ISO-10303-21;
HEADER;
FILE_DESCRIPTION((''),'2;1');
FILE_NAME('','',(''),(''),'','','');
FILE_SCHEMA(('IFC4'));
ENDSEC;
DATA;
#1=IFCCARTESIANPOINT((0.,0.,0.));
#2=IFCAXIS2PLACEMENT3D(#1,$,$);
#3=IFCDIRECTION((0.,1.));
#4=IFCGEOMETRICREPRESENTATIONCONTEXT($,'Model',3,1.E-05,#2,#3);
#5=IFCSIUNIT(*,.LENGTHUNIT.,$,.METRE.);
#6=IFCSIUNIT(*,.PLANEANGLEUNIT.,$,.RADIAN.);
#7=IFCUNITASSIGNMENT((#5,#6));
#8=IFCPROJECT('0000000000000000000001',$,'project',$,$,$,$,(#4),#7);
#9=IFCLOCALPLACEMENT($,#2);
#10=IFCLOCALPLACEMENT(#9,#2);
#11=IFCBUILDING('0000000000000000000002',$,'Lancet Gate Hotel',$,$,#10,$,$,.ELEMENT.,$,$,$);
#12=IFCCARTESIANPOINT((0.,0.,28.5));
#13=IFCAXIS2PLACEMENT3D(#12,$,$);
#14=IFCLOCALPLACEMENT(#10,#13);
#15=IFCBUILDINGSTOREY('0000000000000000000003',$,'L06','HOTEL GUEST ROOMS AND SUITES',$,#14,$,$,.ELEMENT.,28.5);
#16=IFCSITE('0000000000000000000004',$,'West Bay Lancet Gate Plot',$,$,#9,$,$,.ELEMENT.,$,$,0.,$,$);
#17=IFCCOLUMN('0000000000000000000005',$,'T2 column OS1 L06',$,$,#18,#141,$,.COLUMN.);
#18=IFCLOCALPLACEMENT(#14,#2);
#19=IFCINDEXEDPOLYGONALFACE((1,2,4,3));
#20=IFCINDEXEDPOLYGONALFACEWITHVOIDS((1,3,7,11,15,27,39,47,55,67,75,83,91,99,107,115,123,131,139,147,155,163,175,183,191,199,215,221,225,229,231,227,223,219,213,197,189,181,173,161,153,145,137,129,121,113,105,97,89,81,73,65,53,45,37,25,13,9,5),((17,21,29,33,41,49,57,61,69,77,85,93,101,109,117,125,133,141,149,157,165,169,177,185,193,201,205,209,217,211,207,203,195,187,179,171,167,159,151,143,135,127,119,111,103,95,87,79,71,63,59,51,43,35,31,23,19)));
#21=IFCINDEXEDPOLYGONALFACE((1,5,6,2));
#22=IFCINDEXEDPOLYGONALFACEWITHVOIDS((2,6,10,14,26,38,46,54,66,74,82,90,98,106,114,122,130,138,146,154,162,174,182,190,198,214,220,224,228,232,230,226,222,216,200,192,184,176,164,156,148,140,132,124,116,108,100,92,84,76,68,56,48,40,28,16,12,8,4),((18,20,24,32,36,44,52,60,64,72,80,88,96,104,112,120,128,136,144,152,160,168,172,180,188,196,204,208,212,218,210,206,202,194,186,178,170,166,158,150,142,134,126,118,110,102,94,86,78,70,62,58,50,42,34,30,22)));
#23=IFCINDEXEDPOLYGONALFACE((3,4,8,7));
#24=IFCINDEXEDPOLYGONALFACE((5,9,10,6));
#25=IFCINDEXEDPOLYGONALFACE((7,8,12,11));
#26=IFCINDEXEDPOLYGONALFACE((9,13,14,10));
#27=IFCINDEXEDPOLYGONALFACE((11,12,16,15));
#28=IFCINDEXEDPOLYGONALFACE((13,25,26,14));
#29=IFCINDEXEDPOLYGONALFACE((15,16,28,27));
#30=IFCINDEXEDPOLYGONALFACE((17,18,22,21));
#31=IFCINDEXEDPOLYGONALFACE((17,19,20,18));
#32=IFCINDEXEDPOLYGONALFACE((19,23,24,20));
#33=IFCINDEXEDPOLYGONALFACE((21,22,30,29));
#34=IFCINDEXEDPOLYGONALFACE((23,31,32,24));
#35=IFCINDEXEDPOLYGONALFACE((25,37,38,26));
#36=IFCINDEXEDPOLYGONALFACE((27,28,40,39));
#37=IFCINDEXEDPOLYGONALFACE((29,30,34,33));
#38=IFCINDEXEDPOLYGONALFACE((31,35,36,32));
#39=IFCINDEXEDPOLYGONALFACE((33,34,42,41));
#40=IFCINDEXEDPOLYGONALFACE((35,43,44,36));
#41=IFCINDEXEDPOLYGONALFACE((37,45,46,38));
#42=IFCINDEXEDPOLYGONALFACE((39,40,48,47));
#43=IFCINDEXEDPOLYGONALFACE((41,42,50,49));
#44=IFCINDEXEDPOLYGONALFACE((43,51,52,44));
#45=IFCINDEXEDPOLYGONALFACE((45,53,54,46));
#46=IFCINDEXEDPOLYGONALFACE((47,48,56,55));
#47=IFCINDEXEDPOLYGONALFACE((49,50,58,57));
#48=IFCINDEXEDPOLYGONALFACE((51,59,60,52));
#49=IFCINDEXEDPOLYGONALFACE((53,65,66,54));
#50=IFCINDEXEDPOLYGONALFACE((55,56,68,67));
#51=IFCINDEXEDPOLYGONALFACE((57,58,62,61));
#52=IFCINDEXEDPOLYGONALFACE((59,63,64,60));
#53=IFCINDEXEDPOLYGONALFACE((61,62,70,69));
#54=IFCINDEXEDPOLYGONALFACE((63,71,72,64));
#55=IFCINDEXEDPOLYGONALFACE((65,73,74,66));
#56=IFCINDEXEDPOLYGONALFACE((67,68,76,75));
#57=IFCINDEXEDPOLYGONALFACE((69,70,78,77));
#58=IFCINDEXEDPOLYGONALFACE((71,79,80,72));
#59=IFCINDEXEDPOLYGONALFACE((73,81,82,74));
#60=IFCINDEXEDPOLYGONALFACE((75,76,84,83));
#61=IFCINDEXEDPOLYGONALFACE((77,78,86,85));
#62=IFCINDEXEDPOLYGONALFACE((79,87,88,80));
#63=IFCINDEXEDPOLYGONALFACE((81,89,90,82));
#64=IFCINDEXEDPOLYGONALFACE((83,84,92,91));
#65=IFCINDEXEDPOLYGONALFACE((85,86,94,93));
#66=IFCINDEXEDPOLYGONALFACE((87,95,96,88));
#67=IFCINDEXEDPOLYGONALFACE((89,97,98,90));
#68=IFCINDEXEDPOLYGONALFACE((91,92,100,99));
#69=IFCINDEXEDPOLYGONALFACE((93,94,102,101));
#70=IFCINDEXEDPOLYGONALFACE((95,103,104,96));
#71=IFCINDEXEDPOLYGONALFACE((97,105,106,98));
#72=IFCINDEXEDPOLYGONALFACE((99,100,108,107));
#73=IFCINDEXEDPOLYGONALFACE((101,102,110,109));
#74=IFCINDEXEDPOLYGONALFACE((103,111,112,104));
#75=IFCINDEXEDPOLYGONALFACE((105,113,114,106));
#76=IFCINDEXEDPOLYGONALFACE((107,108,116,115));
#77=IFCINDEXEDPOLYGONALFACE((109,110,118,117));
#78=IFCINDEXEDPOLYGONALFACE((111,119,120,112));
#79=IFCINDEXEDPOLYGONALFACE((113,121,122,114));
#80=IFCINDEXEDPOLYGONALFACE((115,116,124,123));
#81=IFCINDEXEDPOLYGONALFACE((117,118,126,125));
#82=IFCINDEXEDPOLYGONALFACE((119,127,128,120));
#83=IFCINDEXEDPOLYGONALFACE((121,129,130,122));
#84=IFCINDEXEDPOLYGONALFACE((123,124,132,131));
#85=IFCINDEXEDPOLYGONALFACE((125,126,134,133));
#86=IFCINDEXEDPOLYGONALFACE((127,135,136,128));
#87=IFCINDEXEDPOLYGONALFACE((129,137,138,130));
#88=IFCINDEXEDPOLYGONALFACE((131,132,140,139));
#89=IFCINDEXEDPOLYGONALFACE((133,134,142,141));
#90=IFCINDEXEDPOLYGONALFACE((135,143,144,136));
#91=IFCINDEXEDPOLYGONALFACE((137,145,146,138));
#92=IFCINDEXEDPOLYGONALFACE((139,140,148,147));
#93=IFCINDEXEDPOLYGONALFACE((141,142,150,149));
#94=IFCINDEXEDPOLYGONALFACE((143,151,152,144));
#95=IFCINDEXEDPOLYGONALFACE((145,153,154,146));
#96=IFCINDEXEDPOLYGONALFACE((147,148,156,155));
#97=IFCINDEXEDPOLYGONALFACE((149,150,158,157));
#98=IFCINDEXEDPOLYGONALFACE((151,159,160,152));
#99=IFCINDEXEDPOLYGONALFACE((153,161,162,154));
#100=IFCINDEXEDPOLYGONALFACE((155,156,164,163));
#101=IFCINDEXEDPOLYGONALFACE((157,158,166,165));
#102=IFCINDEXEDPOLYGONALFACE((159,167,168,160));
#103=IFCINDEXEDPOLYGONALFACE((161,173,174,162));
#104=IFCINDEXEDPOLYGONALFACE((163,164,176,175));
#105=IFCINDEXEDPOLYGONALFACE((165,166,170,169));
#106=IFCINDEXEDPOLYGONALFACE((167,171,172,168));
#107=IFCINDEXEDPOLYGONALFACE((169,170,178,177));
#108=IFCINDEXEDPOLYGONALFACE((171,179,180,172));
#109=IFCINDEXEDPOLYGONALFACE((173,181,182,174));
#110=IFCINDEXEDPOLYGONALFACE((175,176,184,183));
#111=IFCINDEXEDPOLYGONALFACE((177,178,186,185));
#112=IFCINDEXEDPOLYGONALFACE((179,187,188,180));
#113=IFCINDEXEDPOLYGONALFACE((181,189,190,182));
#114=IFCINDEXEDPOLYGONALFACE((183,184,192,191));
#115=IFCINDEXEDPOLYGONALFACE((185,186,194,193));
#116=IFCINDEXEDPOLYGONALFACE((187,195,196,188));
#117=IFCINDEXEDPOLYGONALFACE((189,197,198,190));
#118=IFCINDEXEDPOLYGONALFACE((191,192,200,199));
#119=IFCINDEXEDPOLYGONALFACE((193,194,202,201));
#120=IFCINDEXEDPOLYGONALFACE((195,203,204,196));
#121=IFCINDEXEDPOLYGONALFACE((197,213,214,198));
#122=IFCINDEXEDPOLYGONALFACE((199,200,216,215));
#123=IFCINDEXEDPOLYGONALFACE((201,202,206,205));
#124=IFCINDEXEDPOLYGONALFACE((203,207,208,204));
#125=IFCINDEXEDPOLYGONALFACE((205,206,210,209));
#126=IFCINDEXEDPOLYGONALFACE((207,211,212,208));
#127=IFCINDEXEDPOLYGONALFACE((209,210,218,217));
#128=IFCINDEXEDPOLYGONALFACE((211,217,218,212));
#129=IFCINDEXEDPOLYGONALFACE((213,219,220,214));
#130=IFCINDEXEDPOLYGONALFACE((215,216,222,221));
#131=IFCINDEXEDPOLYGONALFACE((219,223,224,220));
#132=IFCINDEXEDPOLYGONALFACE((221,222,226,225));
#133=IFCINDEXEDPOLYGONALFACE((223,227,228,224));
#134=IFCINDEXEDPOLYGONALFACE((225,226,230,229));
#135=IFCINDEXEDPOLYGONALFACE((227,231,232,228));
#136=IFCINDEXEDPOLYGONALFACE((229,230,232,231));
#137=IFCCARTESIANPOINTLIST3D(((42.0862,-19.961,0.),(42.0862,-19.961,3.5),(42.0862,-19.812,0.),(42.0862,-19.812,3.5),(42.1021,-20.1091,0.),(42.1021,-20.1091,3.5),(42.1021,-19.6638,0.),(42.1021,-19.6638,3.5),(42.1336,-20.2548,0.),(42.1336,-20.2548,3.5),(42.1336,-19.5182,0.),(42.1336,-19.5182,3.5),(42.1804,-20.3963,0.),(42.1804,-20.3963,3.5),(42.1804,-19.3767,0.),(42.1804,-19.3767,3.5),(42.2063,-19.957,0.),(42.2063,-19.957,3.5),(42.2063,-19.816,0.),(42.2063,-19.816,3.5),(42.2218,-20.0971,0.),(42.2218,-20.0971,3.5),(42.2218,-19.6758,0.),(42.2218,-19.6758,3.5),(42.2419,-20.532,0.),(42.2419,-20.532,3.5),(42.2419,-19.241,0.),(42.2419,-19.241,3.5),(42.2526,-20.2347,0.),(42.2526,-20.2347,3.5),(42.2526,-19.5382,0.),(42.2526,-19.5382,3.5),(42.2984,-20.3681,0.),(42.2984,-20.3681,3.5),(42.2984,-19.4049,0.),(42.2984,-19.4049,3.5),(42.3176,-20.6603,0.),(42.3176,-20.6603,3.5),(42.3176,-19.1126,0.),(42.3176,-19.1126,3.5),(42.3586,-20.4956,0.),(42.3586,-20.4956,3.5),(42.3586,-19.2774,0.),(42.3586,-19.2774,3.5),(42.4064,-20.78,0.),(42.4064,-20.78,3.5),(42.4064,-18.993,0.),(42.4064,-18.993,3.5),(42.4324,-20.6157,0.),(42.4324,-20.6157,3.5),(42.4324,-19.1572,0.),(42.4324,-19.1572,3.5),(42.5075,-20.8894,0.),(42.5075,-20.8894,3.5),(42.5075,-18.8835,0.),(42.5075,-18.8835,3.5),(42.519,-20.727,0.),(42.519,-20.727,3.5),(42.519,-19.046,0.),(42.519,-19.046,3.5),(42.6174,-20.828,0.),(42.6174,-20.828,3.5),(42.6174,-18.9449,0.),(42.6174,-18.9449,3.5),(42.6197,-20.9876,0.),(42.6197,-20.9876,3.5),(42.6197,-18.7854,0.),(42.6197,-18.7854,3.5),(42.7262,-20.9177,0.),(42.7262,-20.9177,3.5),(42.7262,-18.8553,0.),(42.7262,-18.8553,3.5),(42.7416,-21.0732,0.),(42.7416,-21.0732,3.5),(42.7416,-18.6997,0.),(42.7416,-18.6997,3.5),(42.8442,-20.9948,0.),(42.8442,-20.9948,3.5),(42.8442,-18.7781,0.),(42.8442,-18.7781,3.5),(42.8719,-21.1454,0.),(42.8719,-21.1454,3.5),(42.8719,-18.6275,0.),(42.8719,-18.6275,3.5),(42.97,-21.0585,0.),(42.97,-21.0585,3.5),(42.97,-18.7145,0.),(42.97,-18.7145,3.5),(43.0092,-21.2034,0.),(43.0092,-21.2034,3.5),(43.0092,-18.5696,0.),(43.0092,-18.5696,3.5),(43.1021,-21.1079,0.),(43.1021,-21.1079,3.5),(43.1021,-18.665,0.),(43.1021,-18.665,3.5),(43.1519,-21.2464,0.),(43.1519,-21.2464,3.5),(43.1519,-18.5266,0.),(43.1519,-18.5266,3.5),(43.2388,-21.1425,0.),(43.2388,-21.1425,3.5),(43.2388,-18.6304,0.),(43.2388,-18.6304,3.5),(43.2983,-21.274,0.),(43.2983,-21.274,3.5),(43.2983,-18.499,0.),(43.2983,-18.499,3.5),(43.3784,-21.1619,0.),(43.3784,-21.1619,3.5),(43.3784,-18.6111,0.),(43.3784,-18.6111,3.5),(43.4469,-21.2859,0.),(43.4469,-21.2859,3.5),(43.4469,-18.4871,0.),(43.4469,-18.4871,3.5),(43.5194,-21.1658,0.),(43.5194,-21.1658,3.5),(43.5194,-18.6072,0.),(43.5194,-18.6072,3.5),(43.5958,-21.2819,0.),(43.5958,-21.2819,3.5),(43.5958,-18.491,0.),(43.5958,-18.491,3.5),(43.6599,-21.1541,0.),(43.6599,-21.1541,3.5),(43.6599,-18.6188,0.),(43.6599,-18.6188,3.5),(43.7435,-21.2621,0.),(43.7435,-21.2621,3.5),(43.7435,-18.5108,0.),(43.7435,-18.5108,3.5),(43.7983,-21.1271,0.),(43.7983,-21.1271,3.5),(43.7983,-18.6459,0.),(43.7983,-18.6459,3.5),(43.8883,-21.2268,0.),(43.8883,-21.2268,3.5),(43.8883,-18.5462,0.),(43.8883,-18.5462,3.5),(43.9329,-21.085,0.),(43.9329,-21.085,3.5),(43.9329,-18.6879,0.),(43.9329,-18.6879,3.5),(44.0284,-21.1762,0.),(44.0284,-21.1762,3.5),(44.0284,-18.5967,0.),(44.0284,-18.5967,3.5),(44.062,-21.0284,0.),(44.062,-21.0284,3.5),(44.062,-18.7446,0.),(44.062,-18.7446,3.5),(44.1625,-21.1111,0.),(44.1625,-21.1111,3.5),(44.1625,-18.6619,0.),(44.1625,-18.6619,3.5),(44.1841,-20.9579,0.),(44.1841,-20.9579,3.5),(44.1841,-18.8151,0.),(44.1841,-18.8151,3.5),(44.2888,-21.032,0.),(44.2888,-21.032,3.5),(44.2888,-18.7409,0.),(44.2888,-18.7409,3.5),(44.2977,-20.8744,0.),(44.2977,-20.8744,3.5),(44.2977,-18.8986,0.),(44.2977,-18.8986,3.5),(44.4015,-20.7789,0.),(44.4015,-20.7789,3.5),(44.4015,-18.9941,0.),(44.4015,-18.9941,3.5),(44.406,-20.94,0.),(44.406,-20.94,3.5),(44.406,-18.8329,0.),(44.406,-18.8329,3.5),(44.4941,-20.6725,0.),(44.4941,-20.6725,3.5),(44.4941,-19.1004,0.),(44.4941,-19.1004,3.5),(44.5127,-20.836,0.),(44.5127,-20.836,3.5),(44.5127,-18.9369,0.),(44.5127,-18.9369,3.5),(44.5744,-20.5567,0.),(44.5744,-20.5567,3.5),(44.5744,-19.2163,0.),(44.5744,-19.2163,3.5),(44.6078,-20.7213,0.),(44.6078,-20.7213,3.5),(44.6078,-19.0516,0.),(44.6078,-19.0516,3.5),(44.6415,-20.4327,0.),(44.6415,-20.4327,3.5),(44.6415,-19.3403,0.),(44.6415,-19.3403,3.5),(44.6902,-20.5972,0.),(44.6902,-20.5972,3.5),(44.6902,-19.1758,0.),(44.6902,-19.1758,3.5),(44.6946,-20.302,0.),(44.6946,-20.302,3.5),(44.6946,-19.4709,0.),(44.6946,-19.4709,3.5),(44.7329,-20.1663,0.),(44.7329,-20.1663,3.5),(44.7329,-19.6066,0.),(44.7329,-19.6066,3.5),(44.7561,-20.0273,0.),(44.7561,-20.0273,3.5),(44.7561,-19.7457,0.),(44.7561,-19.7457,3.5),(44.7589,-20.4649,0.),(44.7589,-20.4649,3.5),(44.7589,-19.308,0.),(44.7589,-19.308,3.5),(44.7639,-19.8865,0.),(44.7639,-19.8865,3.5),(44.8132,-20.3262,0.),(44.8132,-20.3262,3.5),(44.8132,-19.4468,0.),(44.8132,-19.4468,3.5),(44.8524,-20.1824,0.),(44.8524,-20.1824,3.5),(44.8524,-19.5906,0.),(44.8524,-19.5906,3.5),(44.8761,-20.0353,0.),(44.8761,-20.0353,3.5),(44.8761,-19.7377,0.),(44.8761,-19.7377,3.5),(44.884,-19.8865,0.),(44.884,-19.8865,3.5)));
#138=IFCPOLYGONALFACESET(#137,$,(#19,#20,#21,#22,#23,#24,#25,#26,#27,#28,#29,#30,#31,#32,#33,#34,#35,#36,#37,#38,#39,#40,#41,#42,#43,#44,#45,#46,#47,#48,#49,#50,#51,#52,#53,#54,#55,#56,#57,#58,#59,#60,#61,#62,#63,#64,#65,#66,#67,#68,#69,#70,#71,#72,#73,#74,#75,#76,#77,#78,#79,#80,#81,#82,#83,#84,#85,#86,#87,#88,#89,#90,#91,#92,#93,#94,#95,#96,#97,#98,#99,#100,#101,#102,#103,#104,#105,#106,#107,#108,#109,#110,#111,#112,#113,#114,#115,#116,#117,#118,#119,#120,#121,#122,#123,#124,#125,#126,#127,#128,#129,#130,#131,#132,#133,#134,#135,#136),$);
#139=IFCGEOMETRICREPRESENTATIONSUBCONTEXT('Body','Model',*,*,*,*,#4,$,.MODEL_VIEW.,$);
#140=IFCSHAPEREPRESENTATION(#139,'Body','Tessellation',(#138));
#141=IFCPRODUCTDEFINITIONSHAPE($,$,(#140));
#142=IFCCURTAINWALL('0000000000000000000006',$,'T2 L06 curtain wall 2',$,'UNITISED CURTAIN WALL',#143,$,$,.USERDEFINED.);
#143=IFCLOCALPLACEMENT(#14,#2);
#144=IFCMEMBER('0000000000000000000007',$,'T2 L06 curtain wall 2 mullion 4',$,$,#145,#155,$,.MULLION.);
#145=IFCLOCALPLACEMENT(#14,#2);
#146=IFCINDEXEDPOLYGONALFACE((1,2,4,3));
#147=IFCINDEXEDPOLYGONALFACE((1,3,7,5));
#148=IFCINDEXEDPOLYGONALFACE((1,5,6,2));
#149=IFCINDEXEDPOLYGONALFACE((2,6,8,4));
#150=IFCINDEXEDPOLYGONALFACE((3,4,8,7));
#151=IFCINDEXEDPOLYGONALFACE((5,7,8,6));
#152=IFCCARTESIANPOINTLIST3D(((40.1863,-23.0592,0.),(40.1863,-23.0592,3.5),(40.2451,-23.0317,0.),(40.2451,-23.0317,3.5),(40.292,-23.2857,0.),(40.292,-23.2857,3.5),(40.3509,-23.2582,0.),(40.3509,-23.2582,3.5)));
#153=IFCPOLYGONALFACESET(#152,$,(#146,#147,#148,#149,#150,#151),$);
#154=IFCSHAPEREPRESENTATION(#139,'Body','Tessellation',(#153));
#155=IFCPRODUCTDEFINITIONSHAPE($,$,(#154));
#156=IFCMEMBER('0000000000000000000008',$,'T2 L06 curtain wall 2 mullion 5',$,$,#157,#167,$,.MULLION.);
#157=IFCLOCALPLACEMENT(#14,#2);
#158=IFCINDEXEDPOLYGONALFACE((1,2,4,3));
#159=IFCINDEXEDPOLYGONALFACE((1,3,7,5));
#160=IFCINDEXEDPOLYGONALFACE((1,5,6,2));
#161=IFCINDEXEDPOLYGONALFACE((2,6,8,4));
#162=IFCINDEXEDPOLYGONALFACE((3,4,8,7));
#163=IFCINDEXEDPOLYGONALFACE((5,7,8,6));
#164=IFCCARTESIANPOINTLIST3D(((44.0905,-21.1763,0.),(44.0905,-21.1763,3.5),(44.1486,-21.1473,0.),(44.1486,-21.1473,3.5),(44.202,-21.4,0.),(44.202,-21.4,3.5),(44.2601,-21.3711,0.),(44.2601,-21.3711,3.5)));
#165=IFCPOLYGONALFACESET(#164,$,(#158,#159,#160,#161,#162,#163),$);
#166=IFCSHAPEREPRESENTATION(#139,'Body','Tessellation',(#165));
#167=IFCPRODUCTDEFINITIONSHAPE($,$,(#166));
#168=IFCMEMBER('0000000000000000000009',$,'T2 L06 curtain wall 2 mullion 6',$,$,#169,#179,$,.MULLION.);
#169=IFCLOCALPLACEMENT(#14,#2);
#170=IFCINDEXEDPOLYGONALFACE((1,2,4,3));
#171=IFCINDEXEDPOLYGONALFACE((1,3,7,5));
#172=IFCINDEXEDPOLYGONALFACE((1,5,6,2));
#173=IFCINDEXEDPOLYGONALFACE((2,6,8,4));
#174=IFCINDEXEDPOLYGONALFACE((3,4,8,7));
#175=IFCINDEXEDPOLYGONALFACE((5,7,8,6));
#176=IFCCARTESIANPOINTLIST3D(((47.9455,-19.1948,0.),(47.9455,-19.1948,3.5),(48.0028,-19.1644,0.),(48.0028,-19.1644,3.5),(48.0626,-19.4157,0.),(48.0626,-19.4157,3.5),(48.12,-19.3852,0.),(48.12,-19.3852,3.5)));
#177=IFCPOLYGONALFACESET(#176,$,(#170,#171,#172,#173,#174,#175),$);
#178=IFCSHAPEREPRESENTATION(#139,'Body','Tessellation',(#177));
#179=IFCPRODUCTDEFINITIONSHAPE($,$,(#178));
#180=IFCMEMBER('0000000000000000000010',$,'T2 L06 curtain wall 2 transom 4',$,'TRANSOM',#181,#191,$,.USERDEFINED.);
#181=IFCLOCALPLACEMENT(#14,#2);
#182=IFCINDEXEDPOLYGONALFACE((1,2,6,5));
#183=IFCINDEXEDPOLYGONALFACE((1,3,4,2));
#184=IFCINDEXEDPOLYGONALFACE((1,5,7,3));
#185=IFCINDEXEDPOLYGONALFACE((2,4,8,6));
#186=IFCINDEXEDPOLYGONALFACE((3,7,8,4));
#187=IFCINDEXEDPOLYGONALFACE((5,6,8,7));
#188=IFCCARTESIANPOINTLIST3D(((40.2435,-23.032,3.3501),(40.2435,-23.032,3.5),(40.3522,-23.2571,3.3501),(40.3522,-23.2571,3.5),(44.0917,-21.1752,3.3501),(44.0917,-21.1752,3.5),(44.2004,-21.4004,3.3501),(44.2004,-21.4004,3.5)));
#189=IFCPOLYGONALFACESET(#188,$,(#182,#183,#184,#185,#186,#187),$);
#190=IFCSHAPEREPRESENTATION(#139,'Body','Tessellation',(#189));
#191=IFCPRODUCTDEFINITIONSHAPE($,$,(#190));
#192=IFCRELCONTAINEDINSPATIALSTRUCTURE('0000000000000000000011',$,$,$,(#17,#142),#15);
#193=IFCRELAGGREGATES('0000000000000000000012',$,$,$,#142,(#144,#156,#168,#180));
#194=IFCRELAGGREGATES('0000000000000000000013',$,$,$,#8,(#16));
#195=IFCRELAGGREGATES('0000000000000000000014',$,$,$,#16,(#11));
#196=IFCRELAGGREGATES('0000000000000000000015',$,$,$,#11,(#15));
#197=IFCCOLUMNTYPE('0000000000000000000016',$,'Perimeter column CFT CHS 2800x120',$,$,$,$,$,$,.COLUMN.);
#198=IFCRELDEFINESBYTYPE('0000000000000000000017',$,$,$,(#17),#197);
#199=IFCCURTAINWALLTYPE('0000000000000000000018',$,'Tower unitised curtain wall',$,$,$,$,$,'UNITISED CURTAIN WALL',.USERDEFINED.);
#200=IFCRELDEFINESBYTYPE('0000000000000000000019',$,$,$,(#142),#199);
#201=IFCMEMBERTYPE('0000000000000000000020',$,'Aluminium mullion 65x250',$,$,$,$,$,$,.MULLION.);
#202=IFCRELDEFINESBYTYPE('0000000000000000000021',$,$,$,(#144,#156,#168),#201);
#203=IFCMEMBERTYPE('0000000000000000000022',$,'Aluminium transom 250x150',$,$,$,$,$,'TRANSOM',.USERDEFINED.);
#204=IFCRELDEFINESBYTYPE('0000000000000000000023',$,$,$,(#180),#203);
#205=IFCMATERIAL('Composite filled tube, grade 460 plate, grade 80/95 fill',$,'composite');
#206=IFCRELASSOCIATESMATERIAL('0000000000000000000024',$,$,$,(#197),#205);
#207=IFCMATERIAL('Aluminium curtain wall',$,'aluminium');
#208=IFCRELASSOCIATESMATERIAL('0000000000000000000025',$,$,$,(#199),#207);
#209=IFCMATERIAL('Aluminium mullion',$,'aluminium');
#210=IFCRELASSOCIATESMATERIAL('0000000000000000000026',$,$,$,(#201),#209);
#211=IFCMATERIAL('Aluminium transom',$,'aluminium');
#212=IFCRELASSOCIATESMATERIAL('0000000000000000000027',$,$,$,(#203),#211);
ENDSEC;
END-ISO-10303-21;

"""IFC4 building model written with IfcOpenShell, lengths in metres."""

from ifc_helpers import new_model, si_unit, direction, frame, origin, origin_2d, place, context, subcontext, project, spatial, rectangle, hollow_circle, extrude, material, material_profile, profile_set, type_object, element, aggregate, save


model = new_model("IFC4")

# Units and contexts
model_context = context("Model", 3, precision=1e-05, world=origin(), true_north=direction((0.0, 1.0)))
body_context = subcontext(model_context, "Body", "Model", "MODEL_VIEW")
ifc_project = project(units=[si_unit("LENGTHUNIT", "METRE"), si_unit("PLANEANGLEUNIT", "RADIAN")], contexts=[model_context])

# Site, building, storey
site_placement = place(None, origin())
site = spatial("IfcSite", under=ifc_project, at=site_placement, Name="West Bay Lancet Gate Plot", CompositionType="ELEMENT", RefElevation=0.0)
building_placement = place(site_placement, origin())
building = spatial("IfcBuilding", under=site, at=building_placement, Name="Lancet Gate Hotel", CompositionType="ELEMENT")
storey_placement = place(building_placement, frame((0.0, 0.0, 28.5)))
storey = spatial("IfcBuildingStorey", under=building, at=storey_placement, Name="L06", Description="HOTEL GUEST ROOMS AND SUITES", CompositionType="ELEMENT", Elevation=28.5)

# Column
ifc_material_1 = material(Name="Composite filled tube, grade 460 plate, grade 80/95 fill", Category="composite")
ifc_material_profile_1 = material_profile(ifc_material_1, hollow_circle(Radius=1.3999, WallThickness=0.1201, at=origin_2d()), Name="CHS 2800x120")
ifc_profile_set_1 = profile_set([ifc_material_profile_1], Name="Composite filled tube, grade 460 plate, grade 80/95 fill")
column_type = type_object("IfcColumnType", Name="Perimeter column CFT CHS 2800x120", PredefinedType="COLUMN", material=ifc_profile_set_1)
column_placement = place(storey_placement, frame((43.4841, -19.8865, 0.0), z_axis=(0.0, 0.0, 1.0), x_axis=(1.0, 0.0, 0.0)))
element("IfcColumn", 1, at=column_placement, inside=storey, type_object=column_type, Name="T2 column OS1 L06", PredefinedType="COLUMN", context=body_context, shape_type="SweptSolid", body=[
    extrude(hollow_circle(Radius=1.3999, WallThickness=0.1201, at=origin_2d()), origin(), (0.0, 0.0, 1.0), 3.5),
])

# Curtain wall, members
ifc_material_2 = material(Name="Aluminium curtain wall", Category="aluminium")
curtain_wall_type = type_object("IfcCurtainWallType", Name="Tower unitised curtain wall", ElementType="UNITISED CURTAIN WALL", PredefinedType="USERDEFINED", material=ifc_material_2)
curtain_wall_placement = place(storey_placement, origin())
curtain_wall = element("IfcCurtainWall", 2, at=curtain_wall_placement, inside=storey, type_object=curtain_wall_type, Name="T2 L06 curtain wall 2", ObjectType="UNITISED CURTAIN WALL", PredefinedType="USERDEFINED")
ifc_material_3 = material(Name="Aluminium mullion", Category="aluminium")
ifc_material_profile_2 = material_profile(ifc_material_3, rectangle(XDim=0.0649, YDim=0.25, at=origin_2d()), Name="MULLION 65x250")
ifc_profile_set_2 = profile_set([ifc_material_profile_2], Name="Aluminium mullion")
member_type_1 = type_object("IfcMemberType", Name="Aluminium mullion 65x250", PredefinedType="MULLION", material=ifc_profile_set_2)
member_1_placement = place(storey_placement, frame((40.2686, -23.1587, 0.0), z_axis=(0.0, 0.0, 1.0), x_axis=(0.906105, 0.423053, 0.0)))
member_1 = element("IfcMember", 3, at=member_1_placement, type_object=member_type_1, Name="T2 L06 curtain wall 2 mullion 4", PredefinedType="MULLION", context=body_context, shape_type="SweptSolid", body=[
    extrude(rectangle(XDim=0.0649, YDim=0.25, at=origin_2d()), origin(), (0.0, 0.0, 1.0), 3.5),
])
member_2_placement = place(storey_placement, frame((44.1753, -21.2737, 0.0), z_axis=(0.0, 0.0, 1.0), x_axis=(0.895044, 0.445978, 0.0)))
member_2 = element("IfcMember", 4, at=member_2_placement, type_object=member_type_1, Name="T2 L06 curtain wall 2 mullion 5", PredefinedType="MULLION", context=body_context, shape_type="SweptSolid", body=[
    extrude(rectangle(XDim=0.0649, YDim=0.25, at=origin_2d()), origin(), (0.0, 0.0, 1.0), 3.5),
])
member_3_placement = place(storey_placement, frame((48.0327, -19.29, 0.0), z_axis=(0.0, 0.0, 1.0), x_axis=(0.883403, 0.468613, 0.0)))
member_3 = element("IfcMember", 5, at=member_3_placement, type_object=member_type_1, Name="T2 L06 curtain wall 2 mullion 6", PredefinedType="MULLION", context=body_context, shape_type="SweptSolid", body=[
    extrude(rectangle(XDim=0.0649, YDim=0.25, at=origin_2d()), origin(), (0.0, 0.0, 1.0), 3.5),
])
ifc_material_4 = material(Name="Aluminium transom", Category="aluminium")
ifc_material_profile_3 = material_profile(ifc_material_4, rectangle(XDim=0.25, YDim=0.1499, at=origin_2d()), Name="TRANSOM 250x150")
ifc_profile_set_3 = profile_set([ifc_material_profile_3], Name="Aluminium transom")
member_type_2 = type_object("IfcMemberType", Name="Aluminium transom 250x150", ElementType="TRANSOM", PredefinedType="USERDEFINED", material=ifc_profile_set_3)
member_4_placement = place(storey_placement, frame((40.2979, -23.1445, 3.425), z_axis=(0.900646, 0.434553, 0.0), x_axis=(-0.434553, 0.900646, 0.0)))
member_4 = element("IfcMember", 6, at=member_4_placement, type_object=member_type_2, Name="T2 L06 curtain wall 2 transom 4", ObjectType="TRANSOM", PredefinedType="USERDEFINED", context=body_context, shape_type="SweptSolid", body=[
    extrude(rectangle(XDim=0.25, YDim=0.1499, at=origin_2d()), origin(), (0.0, 0.0, 1.0), 4.2727),
])

aggregate(curtain_wall, [member_1, member_2, member_3, member_4])

save(model, "model.ifc")
